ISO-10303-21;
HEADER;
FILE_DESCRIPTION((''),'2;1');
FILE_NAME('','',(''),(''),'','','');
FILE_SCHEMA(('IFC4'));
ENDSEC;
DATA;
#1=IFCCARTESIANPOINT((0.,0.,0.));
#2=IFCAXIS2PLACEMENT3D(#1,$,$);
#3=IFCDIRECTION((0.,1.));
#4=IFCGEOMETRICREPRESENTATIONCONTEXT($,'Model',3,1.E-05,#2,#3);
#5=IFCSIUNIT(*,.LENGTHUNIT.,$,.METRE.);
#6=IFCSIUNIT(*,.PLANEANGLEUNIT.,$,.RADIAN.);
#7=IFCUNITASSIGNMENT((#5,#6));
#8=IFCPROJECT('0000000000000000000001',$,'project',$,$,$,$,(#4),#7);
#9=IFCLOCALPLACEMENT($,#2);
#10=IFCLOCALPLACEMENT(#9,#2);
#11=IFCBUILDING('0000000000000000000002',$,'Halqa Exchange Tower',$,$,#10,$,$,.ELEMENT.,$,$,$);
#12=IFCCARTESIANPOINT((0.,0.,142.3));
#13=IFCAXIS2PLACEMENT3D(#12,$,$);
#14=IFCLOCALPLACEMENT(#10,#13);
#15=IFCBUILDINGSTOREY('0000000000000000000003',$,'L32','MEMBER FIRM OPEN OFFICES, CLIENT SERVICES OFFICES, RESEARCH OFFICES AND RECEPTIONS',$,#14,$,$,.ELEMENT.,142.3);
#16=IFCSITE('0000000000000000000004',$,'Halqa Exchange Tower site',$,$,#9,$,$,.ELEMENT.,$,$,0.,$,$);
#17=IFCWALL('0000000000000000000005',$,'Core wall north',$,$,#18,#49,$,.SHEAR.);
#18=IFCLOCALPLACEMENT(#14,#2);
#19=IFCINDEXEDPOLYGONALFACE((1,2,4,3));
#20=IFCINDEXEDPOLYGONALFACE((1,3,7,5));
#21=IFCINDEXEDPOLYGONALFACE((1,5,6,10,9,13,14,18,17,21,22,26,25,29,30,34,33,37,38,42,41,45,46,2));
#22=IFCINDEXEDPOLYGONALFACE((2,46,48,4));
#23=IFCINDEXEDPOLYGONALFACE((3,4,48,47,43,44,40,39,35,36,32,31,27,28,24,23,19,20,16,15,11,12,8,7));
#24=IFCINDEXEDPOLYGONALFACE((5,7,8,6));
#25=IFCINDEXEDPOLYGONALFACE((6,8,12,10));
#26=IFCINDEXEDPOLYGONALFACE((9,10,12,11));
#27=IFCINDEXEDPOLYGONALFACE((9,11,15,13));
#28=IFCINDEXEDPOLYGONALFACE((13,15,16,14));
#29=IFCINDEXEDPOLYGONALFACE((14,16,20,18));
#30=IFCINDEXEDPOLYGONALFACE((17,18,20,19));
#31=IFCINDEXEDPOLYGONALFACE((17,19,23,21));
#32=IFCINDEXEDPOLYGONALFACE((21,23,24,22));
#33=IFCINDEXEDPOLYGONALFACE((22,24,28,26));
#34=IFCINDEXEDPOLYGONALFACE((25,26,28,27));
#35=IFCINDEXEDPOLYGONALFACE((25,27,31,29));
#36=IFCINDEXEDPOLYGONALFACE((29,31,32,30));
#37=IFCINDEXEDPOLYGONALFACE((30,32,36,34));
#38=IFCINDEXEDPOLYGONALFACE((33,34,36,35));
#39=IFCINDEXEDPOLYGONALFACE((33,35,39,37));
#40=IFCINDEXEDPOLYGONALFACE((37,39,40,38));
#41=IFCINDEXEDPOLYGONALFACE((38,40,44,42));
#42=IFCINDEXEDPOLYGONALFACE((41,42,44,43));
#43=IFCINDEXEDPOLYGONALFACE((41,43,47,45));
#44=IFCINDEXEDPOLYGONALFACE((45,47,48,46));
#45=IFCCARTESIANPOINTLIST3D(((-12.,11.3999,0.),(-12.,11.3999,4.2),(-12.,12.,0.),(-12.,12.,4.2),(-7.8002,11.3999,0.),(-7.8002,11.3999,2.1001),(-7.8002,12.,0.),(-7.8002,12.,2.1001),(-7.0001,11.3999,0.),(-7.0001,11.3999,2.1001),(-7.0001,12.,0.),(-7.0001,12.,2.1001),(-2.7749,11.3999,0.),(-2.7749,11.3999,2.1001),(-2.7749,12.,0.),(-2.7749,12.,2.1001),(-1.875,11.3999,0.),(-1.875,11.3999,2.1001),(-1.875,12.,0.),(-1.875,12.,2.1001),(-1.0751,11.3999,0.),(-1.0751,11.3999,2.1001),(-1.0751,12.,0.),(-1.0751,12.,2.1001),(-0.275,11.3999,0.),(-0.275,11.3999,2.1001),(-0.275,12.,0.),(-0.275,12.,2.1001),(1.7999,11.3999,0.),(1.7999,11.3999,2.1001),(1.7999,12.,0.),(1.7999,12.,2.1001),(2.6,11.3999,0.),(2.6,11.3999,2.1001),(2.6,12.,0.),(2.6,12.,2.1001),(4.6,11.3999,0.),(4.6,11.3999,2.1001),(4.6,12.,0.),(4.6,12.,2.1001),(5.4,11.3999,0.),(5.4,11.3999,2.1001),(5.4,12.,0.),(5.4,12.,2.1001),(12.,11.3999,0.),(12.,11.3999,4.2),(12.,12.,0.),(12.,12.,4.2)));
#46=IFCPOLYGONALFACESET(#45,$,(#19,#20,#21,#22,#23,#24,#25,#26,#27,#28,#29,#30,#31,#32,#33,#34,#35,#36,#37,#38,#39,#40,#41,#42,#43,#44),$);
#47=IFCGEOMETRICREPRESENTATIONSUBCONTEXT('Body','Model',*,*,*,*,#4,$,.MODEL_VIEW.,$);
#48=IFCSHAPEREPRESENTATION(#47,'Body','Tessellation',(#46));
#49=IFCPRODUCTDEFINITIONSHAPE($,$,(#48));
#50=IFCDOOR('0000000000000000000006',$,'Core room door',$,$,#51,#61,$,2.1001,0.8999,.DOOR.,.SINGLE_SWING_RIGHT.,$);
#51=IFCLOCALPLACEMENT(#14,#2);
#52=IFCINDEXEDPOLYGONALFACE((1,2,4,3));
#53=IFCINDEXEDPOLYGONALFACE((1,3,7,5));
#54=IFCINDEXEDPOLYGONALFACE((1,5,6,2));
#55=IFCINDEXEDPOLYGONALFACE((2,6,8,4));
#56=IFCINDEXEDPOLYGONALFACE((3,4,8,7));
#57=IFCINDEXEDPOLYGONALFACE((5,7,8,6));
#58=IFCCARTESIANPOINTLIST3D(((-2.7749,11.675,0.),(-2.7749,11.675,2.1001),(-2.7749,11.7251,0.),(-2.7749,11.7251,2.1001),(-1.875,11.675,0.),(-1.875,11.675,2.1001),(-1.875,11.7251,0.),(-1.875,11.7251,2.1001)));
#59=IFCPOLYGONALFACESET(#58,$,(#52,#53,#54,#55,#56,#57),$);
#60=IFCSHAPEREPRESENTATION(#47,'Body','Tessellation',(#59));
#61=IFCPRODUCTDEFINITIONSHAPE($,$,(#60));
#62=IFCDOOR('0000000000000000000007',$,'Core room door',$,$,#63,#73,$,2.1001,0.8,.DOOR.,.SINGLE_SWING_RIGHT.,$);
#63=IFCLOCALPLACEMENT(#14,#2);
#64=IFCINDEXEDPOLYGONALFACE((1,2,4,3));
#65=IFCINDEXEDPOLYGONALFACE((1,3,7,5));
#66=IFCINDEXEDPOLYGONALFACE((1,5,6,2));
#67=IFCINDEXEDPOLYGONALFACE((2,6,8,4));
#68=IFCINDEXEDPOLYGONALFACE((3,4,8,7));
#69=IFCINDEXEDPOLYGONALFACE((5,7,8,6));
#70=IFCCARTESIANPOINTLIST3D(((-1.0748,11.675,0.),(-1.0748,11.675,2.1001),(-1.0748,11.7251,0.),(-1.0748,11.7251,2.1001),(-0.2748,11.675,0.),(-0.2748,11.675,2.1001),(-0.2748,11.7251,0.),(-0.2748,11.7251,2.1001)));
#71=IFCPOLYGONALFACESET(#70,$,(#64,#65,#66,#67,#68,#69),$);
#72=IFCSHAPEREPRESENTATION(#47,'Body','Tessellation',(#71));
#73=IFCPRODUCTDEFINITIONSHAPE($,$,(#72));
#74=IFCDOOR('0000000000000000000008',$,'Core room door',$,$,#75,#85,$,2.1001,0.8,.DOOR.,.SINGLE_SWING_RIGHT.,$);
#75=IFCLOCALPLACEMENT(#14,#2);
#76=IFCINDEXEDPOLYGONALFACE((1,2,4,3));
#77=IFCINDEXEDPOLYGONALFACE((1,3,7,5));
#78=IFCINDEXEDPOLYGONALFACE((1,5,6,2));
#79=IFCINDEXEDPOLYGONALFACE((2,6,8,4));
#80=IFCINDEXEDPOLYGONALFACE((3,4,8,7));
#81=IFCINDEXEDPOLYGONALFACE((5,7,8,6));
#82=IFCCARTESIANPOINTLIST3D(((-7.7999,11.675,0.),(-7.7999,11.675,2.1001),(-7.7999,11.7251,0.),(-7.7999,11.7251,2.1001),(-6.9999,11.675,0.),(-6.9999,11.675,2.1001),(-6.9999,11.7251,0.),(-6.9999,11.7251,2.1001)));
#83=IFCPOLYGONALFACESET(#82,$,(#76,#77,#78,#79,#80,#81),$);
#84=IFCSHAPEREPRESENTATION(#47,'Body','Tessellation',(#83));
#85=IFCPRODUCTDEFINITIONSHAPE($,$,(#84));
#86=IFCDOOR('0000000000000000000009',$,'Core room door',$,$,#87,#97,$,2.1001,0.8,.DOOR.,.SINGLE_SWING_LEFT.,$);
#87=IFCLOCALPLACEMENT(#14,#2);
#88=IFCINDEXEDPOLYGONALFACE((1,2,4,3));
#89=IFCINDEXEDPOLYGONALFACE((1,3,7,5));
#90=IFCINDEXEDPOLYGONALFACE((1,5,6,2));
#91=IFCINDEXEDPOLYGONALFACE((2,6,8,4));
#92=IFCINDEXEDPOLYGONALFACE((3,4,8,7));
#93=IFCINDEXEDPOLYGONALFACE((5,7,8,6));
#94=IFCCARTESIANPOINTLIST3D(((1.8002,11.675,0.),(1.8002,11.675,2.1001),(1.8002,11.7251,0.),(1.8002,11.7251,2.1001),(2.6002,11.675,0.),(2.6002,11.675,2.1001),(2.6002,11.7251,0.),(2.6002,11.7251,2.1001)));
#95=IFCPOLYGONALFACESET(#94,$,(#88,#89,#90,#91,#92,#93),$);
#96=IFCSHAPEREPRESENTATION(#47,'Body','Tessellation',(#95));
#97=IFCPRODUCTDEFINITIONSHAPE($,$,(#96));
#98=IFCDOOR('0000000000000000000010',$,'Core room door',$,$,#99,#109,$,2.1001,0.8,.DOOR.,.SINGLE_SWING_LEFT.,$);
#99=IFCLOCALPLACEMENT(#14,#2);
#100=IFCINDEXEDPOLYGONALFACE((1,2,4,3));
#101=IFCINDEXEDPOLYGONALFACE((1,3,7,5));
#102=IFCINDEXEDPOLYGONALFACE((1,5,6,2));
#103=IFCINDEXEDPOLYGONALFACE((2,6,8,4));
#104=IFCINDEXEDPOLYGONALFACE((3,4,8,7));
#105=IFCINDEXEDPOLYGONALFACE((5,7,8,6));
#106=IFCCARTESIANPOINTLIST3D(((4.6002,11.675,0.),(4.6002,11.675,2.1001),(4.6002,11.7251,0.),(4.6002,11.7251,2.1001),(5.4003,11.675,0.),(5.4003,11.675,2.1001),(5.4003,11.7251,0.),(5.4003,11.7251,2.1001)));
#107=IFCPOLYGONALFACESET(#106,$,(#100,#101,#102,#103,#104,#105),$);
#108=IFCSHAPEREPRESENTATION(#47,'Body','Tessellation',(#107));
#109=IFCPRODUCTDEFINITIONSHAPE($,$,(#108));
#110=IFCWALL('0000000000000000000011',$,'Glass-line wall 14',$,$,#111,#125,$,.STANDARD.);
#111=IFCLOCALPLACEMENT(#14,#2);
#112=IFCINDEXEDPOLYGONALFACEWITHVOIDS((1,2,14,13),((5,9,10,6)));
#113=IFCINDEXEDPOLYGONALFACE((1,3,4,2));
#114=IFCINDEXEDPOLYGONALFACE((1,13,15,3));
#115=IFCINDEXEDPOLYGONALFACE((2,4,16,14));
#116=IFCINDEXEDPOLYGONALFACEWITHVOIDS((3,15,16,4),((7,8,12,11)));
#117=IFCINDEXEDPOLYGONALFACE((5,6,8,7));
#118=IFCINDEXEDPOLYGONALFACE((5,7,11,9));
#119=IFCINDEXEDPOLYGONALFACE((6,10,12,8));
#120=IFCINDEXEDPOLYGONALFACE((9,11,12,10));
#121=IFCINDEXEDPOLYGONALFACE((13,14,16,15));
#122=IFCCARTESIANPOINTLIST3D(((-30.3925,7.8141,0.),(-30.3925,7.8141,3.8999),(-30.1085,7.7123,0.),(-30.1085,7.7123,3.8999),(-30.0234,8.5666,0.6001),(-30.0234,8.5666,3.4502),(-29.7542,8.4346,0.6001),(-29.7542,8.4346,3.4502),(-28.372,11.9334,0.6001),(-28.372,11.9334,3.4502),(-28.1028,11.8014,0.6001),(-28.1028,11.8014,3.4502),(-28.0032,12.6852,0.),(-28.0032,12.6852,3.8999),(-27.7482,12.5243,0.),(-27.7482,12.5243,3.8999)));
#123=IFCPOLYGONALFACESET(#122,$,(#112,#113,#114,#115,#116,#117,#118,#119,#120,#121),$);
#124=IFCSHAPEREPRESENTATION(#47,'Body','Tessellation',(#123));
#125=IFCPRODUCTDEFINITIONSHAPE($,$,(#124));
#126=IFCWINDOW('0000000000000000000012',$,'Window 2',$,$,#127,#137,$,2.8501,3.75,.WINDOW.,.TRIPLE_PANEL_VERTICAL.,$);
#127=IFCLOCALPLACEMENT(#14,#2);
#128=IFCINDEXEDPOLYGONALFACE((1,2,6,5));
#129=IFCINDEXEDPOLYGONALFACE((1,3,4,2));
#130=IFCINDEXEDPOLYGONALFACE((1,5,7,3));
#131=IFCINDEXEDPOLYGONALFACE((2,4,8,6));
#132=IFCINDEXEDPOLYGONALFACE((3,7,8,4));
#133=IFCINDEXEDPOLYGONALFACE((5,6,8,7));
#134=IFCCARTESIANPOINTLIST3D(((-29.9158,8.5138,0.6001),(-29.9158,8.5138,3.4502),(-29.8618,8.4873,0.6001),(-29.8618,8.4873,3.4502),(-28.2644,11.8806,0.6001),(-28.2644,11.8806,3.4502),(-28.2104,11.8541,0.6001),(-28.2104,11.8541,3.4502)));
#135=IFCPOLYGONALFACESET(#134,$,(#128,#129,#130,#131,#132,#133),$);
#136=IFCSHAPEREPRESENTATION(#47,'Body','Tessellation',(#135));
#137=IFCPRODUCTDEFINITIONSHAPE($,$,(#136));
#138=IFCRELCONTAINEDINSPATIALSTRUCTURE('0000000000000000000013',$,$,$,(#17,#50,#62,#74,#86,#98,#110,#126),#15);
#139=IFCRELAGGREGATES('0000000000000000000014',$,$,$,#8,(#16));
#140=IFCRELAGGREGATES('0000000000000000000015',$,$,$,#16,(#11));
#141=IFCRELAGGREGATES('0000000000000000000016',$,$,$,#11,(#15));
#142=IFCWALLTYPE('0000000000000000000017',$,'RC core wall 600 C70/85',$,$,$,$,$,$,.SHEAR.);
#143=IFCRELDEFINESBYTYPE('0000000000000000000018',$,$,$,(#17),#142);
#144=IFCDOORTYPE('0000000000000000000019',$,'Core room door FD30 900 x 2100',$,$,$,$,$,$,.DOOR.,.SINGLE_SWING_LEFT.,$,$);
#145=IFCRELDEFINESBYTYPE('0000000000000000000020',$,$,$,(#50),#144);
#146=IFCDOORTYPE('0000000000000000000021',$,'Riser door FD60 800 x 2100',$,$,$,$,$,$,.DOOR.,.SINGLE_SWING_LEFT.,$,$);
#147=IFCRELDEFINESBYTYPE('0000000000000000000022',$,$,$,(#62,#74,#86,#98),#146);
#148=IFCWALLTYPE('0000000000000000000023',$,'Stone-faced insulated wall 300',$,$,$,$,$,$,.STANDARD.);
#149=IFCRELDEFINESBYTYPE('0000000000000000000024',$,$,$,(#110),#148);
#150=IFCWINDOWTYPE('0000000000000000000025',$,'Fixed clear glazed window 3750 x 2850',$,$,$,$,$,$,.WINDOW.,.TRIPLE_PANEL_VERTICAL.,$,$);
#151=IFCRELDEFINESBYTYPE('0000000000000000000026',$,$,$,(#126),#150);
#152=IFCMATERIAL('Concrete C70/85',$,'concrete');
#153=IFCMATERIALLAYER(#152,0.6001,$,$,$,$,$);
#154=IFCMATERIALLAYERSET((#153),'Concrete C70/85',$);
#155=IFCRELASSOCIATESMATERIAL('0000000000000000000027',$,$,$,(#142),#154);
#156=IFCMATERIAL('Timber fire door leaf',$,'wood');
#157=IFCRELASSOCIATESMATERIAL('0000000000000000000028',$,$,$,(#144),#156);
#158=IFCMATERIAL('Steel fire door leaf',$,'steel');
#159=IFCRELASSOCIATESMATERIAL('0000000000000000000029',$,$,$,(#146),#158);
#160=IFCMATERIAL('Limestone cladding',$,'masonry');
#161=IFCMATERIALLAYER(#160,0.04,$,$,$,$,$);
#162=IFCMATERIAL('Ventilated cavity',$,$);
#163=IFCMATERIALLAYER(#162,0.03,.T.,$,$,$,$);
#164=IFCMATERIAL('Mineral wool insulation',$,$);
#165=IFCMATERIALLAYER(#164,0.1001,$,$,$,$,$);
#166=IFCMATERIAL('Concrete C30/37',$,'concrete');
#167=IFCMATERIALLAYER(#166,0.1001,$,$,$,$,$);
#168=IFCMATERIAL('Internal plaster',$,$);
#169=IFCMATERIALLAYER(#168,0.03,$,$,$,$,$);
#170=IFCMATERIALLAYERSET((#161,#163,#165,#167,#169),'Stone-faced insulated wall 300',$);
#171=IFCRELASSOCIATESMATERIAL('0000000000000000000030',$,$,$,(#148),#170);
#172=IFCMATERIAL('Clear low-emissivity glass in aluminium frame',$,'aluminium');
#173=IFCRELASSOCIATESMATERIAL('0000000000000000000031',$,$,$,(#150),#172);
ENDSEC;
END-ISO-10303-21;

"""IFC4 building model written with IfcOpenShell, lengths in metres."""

from ifc_helpers import new_model, si_unit, direction, frame, frame_2d, origin, place, context, subcontext, project, spatial, polyline, rectangle, outline, extrude, material, layer, layer_set, type_object, element, fill, save


model = new_model("IFC4")

# Units and contexts
model_context = context("Model", 3, precision=1e-05, world=origin(), true_north=direction((0.0, 1.0)))
body_context = subcontext(model_context, "Body", "Model", "MODEL_VIEW")
ifc_project = project(units=[si_unit("LENGTHUNIT", "METRE"), si_unit("PLANEANGLEUNIT", "RADIAN")], contexts=[model_context])

# Site, building, storey
site_placement = place(None, origin())
site = spatial("IfcSite", under=ifc_project, at=site_placement, Name="Halqa Exchange Tower site", CompositionType="ELEMENT", RefElevation=0.0)
building_placement = place(site_placement, origin())
building = spatial("IfcBuilding", under=site, at=building_placement, Name="Halqa Exchange Tower", CompositionType="ELEMENT")
storey_placement = place(building_placement, frame((0.0, 0.0, 142.3)))
storey = spatial("IfcBuildingStorey", under=building, at=storey_placement, Name="L32", Description="MEMBER FIRM OPEN OFFICES, CLIENT SERVICES OFFICES, RESEARCH OFFICES AND RECEPTIONS", CompositionType="ELEMENT", Elevation=142.3)

# Shared definitions
ifc_material_1 = material(Name="Concrete C70/85", Category="concrete")

# Wall, openings, doors
ifc_layer_1 = layer(ifc_material_1, 0.6001)
ifc_layer_set_1 = layer_set([ifc_layer_1], Name="Concrete C70/85")
wall_type_1 = type_object("IfcWallType", Name="RC core wall 600 C70/85", PredefinedType="SHEAR", material=ifc_layer_set_1)
wall_1_placement = place(storey_placement, frame((-12.0, 11.7, 0.0), z_axis=(0.0, 0.0, 1.0), x_axis=(1.0, 0.0, 0.0)))
wall_1 = element("IfcWall", 1, at=wall_1_placement, inside=storey, type_object=wall_type_1, Name="Core wall north", PredefinedType="SHEAR", context=body_context, shape_type="SweptSolid", body=[
    extrude(rectangle(XDim=24.0, YDim=0.6001, at=frame_2d((12.0, 0.0))), origin(), (0.0, 0.0, 1.0), 4.2),
])
opening_1_placement = place(wall_1_placement, frame((9.2251, 0.0, 0.0)))
opening_1 = element("IfcOpeningElement", 2, at=opening_1_placement, cuts=wall_1, PredefinedType="OPENING", context=body_context, shape_type="SweptSolid", body=[
    extrude(rectangle(XDim=0.8999, YDim=2.1001, at=frame_2d((0.45, 1.05))), frame((0.0, 0.312, 0.0), z_axis=(0.0, -1.0, 0.0), x_axis=(1.0, 0.0, 0.0)), (0.0, 0.0, 1.0), 0.624),
])
opening_2_placement = place(wall_1_placement, frame((10.925, 0.0, 0.0)))
opening_2 = element("IfcOpeningElement", 3, at=opening_2_placement, cuts=wall_1, PredefinedType="OPENING", context=body_context, shape_type="SweptSolid", body=[
    extrude(rectangle(XDim=0.8, YDim=2.1001, at=frame_2d((0.3999, 1.05))), frame((0.0, 0.312, 0.0), z_axis=(0.0, -1.0, 0.0), x_axis=(1.0, 0.0, 0.0)), (0.0, 0.0, 1.0), 0.624),
])
opening_3_placement = place(wall_1_placement, frame((4.2, 0.0, 0.0)))
opening_3 = element("IfcOpeningElement", 4, at=opening_3_placement, cuts=wall_1, PredefinedType="OPENING", context=body_context, shape_type="SweptSolid", body=[
    extrude(rectangle(XDim=0.8, YDim=2.1001, at=frame_2d((0.3999, 1.05))), frame((0.0, 0.312, 0.0), z_axis=(0.0, -1.0, 0.0), x_axis=(1.0, 0.0, 0.0)), (0.0, 0.0, 1.0), 0.624),
])
opening_4_placement = place(wall_1_placement, frame((13.8, 0.0, 0.0)))
opening_4 = element("IfcOpeningElement", 5, at=opening_4_placement, cuts=wall_1, PredefinedType="OPENING", context=body_context, shape_type="SweptSolid", body=[
    extrude(rectangle(XDim=0.8, YDim=2.1001, at=frame_2d((0.3999, 1.05))), frame((0.0, 0.312, 0.0), z_axis=(0.0, -1.0, 0.0), x_axis=(1.0, 0.0, 0.0)), (0.0, 0.0, 1.0), 0.624),
])
opening_5_placement = place(wall_1_placement, frame((16.6001, 0.0, 0.0)))
opening_5 = element("IfcOpeningElement", 6, at=opening_5_placement, cuts=wall_1, PredefinedType="OPENING", context=body_context, shape_type="SweptSolid", body=[
    extrude(rectangle(XDim=0.8, YDim=2.1001, at=frame_2d((0.3999, 1.05))), frame((0.0, 0.312, 0.0), z_axis=(0.0, -1.0, 0.0), x_axis=(1.0, 0.0, 0.0)), (0.0, 0.0, 1.0), 0.624),
])
ifc_material_2 = material(Name="Timber fire door leaf", Category="wood")
door_type_1 = type_object("IfcDoorType", Name="Core room door FD30 900 x 2100", OperationType="SINGLE_SWING_LEFT", PredefinedType="DOOR", material=ifc_material_2)
door_1_placement = place(opening_1_placement, frame((0.8999, 0.0, 0.0), z_axis=(0.0, 0.0, 1.0), x_axis=(-1.0, 0.0, 0.0)))
door_1 = element("IfcDoor", 7, at=door_1_placement, inside=storey, type_object=door_type_1, Name="Core room door", OperationType="SINGLE_SWING_RIGHT", OverallHeight=2.1001, OverallWidth=0.8999, PredefinedType="DOOR", context=body_context, shape_type="SweptSolid", body=[
    extrude(rectangle(XDim=0.8999, YDim=2.1001, at=frame_2d((0.45, 1.05))), frame((0.0, 0.0249, 0.0), z_axis=(0.0, -1.0, 0.0), x_axis=(1.0, 0.0, 0.0)), (0.0, 0.0, 1.0), 0.05),
])
fill(opening_1, door_1)
ifc_material_3 = material(Name="Steel fire door leaf", Category="steel")
door_type_2 = type_object("IfcDoorType", Name="Riser door FD60 800 x 2100", OperationType="SINGLE_SWING_LEFT", PredefinedType="DOOR", material=ifc_material_3)
door_2_placement = place(opening_2_placement, frame((0.8, 0.0, 0.0), z_axis=(0.0, 0.0, 1.0), x_axis=(-1.0, 0.0, 0.0)))
door_2 = element("IfcDoor", 8, at=door_2_placement, inside=storey, type_object=door_type_2, Name="Core room door", OperationType="SINGLE_SWING_RIGHT", OverallHeight=2.1001, OverallWidth=0.8, PredefinedType="DOOR", context=body_context, shape_type="SweptSolid", body=[
    extrude(rectangle(XDim=0.8, YDim=2.1001, at=frame_2d((0.3999, 1.05))), frame((0.0, 0.0249, 0.0), z_axis=(0.0, -1.0, 0.0), x_axis=(1.0, 0.0, 0.0)), (0.0, 0.0, 1.0), 0.05),
])
fill(opening_2, door_2)
door_3_placement = place(opening_3_placement, frame((0.8, 0.0, 0.0), z_axis=(0.0, 0.0, 1.0), x_axis=(-1.0, 0.0, 0.0)))
door_3 = element("IfcDoor", 9, at=door_3_placement, inside=storey, type_object=door_type_2, Name="Core room door", OperationType="SINGLE_SWING_RIGHT", OverallHeight=2.1001, OverallWidth=0.8, PredefinedType="DOOR", context=body_context, shape_type="SweptSolid", body=[
    extrude(rectangle(XDim=0.8, YDim=2.1001, at=frame_2d((0.3999, 1.05))), frame((0.0, 0.0249, 0.0), z_axis=(0.0, -1.0, 0.0), x_axis=(1.0, 0.0, 0.0)), (0.0, 0.0, 1.0), 0.05),
])
fill(opening_3, door_3)
door_4_placement = place(opening_4_placement, frame((0.8, 0.0, 0.0), z_axis=(0.0, 0.0, 1.0), x_axis=(-1.0, 0.0, 0.0)))
door_4 = element("IfcDoor", 10, at=door_4_placement, inside=storey, type_object=door_type_2, Name="Core room door", OperationType="SINGLE_SWING_LEFT", OverallHeight=2.1001, OverallWidth=0.8, PredefinedType="DOOR", context=body_context, shape_type="SweptSolid", body=[
    extrude(rectangle(XDim=0.8, YDim=2.1001, at=frame_2d((0.3999, 1.05))), frame((0.0, 0.0249, 0.0), z_axis=(0.0, -1.0, 0.0), x_axis=(1.0, 0.0, 0.0)), (0.0, 0.0, 1.0), 0.05),
])
fill(opening_4, door_4)
door_5_placement = place(opening_5_placement, frame((0.8, 0.0, 0.0), z_axis=(0.0, 0.0, 1.0), x_axis=(-1.0, 0.0, 0.0)))
door_5 = element("IfcDoor", 11, at=door_5_placement, inside=storey, type_object=door_type_2, Name="Core room door", OperationType="SINGLE_SWING_LEFT", OverallHeight=2.1001, OverallWidth=0.8, PredefinedType="DOOR", context=body_context, shape_type="SweptSolid", body=[
    extrude(rectangle(XDim=0.8, YDim=2.1001, at=frame_2d((0.3999, 1.05))), frame((0.0, 0.0249, 0.0), z_axis=(0.0, -1.0, 0.0), x_axis=(1.0, 0.0, 0.0)), (0.0, 0.0, 1.0), 0.05),
])
fill(opening_5, door_5)

# Wall, opening, window
ifc_material_4 = material(Name="Limestone cladding", Category="masonry")
ifc_layer_2 = layer(ifc_material_4, 0.04)
ifc_material_5 = material(Name="Ventilated cavity")
ifc_layer_3 = layer(ifc_material_5, 0.03, ventilated=True)
ifc_material_6 = material(Name="Mineral wool insulation")
ifc_layer_4 = layer(ifc_material_6, 0.1001)
ifc_material_7 = material(Name="Concrete C30/37", Category="concrete")
ifc_layer_5 = layer(ifc_material_7, 0.1001)
ifc_material_8 = material(Name="Internal plaster")
ifc_layer_6 = layer(ifc_material_8, 0.03)
ifc_layer_set_2 = layer_set([ifc_layer_2, ifc_layer_3, ifc_layer_4, ifc_layer_5, ifc_layer_6], Name="Stone-faced insulated wall 300")
wall_type_2 = type_object("IfcWallType", Name="Stone-faced insulated wall 300", PredefinedType="STANDARD", material=ifc_layer_set_2)
wall_2_placement = place(storey_placement, frame((-27.8757, 12.6047, 0.0), z_axis=(0.0, 0.0, 1.0), x_axis=(-0.440373, -0.897815, 0.0)))
wall_2 = element("IfcWall", 12, at=wall_2_placement, inside=storey, type_object=wall_type_2, Name="Glass-line wall 14", PredefinedType="STANDARD", context=body_context, shape_type="SweptSolid", body=[
    extrude(outline(polyline([(-0.0161, -0.1499), (5.4094, -0.1499), (5.3757, 0.1499), (0.0161, 0.1499), (-0.0161, -0.1499)])), origin(), (0.0, 0.0, 1.0), 3.8999),
])
opening_6_placement = place(wall_2_placement, frame((0.8213, 0.0, 0.6001)))
opening_6 = element("IfcOpeningElement", 13, at=opening_6_placement, cuts=wall_2, PredefinedType="OPENING", context=body_context, shape_type="SweptSolid", body=[
    extrude(rectangle(XDim=3.75, YDim=2.8501, at=frame_2d((1.875, 1.425))), frame((0.0, 0.1621, 0.0), z_axis=(0.0, -1.0, 0.0), x_axis=(1.0, 0.0, 0.0)), (0.0, 0.0, 1.0), 0.324),
])
ifc_material_9 = material(Name="Clear low-emissivity glass in aluminium frame", Category="aluminium")
window_type = type_object("IfcWindowType", Name="Fixed clear glazed window 3750 x 2850", PartitioningType="TRIPLE_PANEL_VERTICAL", PredefinedType="WINDOW", material=ifc_material_9)
window_1_placement = place(opening_6_placement, origin())
window_1 = element("IfcWindow", 14, at=window_1_placement, inside=storey, type_object=window_type, Name="Window 2", OverallHeight=2.8501, OverallWidth=3.75, PartitioningType="TRIPLE_PANEL_VERTICAL", PredefinedType="WINDOW", context=body_context, shape_type="SweptSolid", body=[
    extrude(rectangle(XDim=3.75, YDim=2.8501, at=frame_2d((1.875, 1.425))), frame((0.0, 0.03, 0.0), z_axis=(0.0, -1.0, 0.0), x_axis=(1.0, 0.0, 0.0)), (0.0, 0.0, 1.0), 0.0601),
])
fill(opening_6, window_1)

save(model, "model.ifc")
